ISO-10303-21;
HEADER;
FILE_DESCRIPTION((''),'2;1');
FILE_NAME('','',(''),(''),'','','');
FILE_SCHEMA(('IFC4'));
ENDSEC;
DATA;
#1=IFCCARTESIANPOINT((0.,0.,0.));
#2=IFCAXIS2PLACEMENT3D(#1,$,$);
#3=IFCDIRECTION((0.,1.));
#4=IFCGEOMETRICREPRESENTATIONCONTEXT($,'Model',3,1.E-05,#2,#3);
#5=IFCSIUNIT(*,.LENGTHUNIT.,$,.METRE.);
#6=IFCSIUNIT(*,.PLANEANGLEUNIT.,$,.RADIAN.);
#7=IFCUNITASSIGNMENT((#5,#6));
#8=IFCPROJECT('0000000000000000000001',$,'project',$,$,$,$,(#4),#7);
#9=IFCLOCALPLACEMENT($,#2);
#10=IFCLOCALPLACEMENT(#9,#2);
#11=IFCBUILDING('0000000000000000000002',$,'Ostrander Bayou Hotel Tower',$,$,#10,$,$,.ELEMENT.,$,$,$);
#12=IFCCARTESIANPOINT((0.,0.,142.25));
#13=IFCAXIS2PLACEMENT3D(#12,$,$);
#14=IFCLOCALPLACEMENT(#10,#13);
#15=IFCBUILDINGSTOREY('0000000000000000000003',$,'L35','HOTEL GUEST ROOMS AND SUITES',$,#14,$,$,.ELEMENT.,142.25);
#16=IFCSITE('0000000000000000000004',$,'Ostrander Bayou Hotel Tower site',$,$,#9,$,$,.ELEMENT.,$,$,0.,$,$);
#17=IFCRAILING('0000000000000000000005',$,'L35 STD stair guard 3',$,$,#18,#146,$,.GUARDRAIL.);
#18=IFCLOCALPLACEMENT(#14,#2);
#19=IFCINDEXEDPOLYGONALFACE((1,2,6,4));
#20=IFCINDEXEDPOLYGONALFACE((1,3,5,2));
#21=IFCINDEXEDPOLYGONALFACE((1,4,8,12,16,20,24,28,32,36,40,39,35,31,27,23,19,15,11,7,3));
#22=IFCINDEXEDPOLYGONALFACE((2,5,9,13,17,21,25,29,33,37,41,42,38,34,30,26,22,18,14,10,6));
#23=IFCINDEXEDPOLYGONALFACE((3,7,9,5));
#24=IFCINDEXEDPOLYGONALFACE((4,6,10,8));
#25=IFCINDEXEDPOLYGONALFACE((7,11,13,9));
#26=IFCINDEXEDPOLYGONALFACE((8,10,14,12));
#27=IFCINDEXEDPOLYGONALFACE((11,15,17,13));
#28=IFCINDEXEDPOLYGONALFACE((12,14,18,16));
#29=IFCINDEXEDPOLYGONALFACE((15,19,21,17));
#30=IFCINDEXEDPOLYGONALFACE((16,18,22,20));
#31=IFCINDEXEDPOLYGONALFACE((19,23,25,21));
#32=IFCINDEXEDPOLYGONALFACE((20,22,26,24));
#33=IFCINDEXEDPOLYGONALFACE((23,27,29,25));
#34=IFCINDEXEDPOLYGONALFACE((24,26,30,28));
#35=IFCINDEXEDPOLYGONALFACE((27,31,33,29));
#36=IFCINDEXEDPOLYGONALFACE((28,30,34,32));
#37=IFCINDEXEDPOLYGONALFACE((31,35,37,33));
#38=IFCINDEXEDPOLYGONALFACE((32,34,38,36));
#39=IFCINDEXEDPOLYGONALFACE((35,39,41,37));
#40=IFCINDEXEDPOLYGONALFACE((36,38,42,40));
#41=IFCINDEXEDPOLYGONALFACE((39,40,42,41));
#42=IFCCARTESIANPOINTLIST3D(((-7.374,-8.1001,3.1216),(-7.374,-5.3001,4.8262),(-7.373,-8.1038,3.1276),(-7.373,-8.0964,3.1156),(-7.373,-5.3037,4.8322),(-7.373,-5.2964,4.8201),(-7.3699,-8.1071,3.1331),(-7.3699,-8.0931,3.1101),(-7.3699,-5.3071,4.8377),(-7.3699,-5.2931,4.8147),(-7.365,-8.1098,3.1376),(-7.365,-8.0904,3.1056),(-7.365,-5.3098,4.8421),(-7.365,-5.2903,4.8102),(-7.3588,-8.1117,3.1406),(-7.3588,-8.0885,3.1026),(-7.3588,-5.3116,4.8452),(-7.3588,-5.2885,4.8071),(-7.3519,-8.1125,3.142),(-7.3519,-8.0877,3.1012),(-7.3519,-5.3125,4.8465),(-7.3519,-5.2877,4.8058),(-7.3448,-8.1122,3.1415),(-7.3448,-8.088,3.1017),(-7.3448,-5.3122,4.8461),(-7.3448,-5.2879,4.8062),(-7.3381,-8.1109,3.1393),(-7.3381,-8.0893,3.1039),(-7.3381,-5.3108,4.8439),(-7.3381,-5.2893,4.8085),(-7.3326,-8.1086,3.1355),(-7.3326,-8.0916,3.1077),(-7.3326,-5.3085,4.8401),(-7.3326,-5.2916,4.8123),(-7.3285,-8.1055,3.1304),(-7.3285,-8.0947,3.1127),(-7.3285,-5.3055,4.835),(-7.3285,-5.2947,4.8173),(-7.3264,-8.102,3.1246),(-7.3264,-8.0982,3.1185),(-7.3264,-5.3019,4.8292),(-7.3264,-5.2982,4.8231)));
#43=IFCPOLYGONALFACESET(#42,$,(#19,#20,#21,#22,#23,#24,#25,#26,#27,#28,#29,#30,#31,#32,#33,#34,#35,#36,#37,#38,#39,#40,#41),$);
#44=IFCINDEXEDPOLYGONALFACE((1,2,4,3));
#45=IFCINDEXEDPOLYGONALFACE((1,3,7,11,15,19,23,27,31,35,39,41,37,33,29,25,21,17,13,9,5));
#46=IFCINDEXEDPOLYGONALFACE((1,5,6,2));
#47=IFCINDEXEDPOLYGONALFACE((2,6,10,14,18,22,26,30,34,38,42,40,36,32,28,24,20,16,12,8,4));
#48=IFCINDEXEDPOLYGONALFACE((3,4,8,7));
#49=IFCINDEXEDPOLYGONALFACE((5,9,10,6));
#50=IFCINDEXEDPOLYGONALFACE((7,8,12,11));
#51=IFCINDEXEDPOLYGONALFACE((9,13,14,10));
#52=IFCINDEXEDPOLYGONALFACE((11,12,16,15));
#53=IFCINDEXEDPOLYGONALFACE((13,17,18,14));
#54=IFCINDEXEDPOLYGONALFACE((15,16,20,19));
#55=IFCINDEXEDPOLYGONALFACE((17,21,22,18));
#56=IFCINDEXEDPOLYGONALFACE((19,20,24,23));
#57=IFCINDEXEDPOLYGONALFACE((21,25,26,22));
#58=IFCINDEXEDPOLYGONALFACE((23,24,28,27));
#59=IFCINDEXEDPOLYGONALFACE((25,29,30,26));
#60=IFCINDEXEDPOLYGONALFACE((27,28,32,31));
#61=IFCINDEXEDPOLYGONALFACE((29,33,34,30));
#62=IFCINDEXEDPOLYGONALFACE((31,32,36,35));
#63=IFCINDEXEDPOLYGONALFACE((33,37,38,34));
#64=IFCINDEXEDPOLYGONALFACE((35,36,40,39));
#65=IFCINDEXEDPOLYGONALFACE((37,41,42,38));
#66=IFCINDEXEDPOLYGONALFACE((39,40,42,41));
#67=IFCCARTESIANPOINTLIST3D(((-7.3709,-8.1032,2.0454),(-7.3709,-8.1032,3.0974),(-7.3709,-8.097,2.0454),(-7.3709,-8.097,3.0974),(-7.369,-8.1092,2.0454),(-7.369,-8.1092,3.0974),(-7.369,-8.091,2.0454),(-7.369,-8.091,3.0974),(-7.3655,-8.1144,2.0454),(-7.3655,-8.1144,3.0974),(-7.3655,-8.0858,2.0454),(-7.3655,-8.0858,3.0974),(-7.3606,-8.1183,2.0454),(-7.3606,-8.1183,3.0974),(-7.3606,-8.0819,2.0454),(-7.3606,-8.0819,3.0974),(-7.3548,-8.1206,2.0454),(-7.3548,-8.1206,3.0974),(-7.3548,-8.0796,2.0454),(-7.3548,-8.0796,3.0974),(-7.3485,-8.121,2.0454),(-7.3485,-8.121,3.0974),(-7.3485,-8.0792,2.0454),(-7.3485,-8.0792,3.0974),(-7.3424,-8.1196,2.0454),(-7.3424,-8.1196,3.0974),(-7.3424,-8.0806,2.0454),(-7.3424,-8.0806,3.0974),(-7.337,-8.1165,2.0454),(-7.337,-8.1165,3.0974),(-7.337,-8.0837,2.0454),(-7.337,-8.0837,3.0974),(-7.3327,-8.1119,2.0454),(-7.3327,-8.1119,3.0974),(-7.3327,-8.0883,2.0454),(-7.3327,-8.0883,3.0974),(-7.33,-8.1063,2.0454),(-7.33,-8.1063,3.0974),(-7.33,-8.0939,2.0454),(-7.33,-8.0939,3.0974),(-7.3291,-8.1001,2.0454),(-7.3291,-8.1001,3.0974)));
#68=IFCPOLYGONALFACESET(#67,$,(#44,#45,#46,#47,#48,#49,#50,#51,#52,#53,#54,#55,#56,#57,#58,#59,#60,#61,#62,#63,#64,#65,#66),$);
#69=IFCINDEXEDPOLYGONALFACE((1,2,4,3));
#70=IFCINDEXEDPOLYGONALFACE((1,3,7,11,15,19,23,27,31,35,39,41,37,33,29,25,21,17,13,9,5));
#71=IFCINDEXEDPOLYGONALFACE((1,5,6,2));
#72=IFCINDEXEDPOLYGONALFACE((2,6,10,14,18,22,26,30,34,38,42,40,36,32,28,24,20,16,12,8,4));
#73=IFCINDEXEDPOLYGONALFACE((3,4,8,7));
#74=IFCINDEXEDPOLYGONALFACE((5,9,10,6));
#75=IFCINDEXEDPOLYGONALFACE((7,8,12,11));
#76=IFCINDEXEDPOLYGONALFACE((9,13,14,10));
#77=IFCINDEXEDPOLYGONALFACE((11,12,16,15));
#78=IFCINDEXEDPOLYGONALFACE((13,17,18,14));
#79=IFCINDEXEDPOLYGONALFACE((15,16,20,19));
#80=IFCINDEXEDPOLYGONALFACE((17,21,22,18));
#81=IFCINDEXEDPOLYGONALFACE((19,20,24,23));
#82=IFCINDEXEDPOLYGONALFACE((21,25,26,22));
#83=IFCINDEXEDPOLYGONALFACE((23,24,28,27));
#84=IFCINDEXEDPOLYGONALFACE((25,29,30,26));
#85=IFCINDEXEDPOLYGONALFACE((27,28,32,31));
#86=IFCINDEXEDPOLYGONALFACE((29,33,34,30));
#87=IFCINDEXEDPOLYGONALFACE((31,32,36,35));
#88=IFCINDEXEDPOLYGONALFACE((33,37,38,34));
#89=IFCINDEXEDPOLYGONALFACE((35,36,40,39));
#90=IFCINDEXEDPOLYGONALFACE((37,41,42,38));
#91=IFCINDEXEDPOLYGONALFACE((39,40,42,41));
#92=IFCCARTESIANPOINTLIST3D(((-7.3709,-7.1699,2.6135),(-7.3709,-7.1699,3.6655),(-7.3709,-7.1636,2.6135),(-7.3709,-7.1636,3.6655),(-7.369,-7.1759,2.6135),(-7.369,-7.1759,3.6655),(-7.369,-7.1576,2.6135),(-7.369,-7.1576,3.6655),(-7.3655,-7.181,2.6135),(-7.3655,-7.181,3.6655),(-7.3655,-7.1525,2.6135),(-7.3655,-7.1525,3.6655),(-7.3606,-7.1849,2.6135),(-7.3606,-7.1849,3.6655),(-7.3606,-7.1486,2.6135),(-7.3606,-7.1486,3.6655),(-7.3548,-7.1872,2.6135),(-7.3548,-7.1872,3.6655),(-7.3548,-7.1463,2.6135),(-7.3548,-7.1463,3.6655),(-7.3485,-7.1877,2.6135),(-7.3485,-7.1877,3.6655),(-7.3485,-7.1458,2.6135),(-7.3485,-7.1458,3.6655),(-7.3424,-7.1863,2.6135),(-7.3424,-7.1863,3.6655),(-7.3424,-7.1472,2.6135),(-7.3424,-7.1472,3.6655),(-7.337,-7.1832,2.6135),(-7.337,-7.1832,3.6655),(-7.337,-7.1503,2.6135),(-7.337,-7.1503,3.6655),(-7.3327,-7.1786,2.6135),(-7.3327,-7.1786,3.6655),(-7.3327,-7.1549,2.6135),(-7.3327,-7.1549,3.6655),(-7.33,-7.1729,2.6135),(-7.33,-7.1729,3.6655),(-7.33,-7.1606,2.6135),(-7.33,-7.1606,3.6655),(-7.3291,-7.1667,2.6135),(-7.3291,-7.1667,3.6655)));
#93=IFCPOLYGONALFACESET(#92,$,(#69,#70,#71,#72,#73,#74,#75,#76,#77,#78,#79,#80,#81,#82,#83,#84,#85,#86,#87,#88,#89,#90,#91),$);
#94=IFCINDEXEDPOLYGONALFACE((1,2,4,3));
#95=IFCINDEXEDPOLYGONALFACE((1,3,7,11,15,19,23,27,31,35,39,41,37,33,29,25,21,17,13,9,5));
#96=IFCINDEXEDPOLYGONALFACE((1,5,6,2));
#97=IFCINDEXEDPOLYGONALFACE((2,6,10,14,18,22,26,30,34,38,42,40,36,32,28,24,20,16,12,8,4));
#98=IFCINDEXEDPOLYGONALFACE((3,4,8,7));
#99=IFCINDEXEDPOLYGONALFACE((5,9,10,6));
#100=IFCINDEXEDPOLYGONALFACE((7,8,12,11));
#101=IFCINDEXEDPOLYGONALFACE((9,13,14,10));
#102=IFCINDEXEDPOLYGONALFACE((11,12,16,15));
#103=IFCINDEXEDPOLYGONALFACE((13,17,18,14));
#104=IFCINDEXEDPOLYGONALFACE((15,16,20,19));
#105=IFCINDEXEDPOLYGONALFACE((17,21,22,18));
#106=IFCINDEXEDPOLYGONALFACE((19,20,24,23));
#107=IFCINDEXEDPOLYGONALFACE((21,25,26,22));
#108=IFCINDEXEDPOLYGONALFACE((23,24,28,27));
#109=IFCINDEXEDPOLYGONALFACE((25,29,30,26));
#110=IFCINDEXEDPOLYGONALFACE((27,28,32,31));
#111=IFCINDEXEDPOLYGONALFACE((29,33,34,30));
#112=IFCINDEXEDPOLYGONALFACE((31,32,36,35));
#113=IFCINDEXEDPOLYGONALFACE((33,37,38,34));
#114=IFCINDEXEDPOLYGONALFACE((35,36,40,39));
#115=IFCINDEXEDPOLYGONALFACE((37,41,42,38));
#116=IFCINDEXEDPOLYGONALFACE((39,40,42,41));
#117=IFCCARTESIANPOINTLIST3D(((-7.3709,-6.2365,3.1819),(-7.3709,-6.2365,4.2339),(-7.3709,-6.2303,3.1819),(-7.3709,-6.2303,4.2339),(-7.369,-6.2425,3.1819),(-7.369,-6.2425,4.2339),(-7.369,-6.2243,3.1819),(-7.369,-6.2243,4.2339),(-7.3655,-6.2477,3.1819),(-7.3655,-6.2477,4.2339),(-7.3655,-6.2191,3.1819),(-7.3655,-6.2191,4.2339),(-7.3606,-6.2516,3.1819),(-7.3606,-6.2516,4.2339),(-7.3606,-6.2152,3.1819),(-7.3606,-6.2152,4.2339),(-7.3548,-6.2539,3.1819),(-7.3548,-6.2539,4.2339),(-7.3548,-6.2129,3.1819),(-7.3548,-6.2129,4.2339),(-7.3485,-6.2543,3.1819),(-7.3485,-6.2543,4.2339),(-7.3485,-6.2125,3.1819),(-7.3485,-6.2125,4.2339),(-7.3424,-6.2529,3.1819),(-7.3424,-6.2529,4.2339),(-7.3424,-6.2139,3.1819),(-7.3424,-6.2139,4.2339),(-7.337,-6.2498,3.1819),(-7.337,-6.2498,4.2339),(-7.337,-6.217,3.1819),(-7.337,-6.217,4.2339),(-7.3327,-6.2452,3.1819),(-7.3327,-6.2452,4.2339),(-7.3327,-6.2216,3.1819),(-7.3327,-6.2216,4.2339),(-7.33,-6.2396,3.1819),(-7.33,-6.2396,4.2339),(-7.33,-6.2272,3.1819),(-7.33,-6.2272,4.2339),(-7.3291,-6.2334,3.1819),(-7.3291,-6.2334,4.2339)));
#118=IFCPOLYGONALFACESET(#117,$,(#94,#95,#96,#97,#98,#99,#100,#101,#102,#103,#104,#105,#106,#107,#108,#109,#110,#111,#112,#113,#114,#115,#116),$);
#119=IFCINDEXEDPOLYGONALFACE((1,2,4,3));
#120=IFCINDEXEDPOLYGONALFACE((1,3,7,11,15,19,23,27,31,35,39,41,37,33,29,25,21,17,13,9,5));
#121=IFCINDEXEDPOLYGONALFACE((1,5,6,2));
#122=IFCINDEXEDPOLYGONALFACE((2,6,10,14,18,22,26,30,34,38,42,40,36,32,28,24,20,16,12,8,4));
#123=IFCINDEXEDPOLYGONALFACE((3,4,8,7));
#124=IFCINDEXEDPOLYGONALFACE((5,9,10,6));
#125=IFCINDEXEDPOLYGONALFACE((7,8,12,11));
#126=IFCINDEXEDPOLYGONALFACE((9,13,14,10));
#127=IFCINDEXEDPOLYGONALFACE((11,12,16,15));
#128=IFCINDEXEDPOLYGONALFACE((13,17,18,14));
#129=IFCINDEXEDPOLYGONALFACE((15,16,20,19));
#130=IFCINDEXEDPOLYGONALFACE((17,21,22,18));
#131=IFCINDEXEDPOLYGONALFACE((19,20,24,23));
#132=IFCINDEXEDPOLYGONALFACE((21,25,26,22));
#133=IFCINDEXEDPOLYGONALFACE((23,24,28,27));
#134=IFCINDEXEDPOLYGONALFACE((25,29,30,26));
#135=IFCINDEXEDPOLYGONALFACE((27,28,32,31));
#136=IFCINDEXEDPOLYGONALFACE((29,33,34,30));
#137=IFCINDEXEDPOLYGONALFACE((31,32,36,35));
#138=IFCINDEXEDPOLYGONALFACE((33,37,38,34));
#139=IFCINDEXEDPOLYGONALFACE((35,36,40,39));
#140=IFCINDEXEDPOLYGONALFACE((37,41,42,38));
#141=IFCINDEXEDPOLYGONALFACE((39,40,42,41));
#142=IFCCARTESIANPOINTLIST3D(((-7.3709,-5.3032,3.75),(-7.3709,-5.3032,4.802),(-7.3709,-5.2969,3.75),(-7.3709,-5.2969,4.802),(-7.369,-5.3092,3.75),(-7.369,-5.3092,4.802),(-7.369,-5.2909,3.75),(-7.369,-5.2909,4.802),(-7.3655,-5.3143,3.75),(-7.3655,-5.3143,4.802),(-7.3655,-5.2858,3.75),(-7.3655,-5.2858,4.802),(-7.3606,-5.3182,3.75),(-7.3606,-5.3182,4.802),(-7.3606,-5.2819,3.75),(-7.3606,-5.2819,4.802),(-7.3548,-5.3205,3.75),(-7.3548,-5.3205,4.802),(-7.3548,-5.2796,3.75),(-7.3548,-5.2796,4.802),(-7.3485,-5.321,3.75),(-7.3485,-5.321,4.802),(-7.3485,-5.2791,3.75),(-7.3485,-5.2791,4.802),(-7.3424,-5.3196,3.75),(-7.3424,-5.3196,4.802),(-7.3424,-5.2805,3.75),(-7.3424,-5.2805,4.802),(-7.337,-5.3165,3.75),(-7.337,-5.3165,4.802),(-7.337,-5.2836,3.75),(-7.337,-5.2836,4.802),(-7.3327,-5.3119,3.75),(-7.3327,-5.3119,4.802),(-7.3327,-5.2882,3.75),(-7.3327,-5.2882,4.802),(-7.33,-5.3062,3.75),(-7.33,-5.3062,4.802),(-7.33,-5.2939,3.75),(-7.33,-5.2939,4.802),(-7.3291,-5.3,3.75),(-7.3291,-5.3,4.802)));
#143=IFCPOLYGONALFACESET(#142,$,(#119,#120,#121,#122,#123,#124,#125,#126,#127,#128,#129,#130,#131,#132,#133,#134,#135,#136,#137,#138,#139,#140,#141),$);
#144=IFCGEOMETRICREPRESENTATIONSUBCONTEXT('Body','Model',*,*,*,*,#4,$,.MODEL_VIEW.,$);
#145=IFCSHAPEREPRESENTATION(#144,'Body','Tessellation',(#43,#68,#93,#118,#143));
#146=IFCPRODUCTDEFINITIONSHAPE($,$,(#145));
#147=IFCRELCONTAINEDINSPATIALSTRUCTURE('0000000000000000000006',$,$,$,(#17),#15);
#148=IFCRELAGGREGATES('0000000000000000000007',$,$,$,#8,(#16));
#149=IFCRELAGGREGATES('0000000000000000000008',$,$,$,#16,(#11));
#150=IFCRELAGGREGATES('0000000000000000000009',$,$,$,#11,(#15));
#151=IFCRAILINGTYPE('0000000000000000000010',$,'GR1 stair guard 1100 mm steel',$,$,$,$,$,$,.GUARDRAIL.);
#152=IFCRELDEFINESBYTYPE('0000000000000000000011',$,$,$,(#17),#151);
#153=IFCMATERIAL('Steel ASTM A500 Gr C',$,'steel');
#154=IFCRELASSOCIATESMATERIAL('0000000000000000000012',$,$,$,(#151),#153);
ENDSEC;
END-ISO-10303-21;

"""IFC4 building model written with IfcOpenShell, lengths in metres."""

from ifc_helpers import new_model, si_unit, direction, frame, origin, origin_2d, place, context, subcontext, project, spatial, circle, extrude, material, type_object, element, save


model = new_model("IFC4")

# Units and contexts
model_context = context("Model", 3, precision=1e-05, world=origin(), true_north=direction((0.0, 1.0)))
body_context = subcontext(model_context, "Body", "Model", "MODEL_VIEW")
ifc_project = project(units=[si_unit("LENGTHUNIT", "METRE"), si_unit("PLANEANGLEUNIT", "RADIAN")], contexts=[model_context])

# Site, building, storey
site_placement = place(None, origin())
site = spatial("IfcSite", under=ifc_project, at=site_placement, Name="Ostrander Bayou Hotel Tower site", CompositionType="ELEMENT", RefElevation=0.0)
building_placement = place(site_placement, origin())
building = spatial("IfcBuilding", under=site, at=building_placement, Name="Ostrander Bayou Hotel Tower", CompositionType="ELEMENT")
storey_placement = place(building_placement, frame((0.0, 0.0, 142.25)))
storey = spatial("IfcBuildingStorey", under=building, at=storey_placement, Name="L35", Description="HOTEL GUEST ROOMS AND SUITES", CompositionType="ELEMENT", Elevation=142.25)

# Railing
ifc_material_1 = material(Name="Steel ASTM A500 Gr C", Category="steel")
railing_type_1 = type_object("IfcRailingType", Name="GR1 stair guard 1100 mm steel", PredefinedType="GUARDRAIL", material=ifc_material_1)
railing_1_placement = place(storey_placement, frame((-7.3501, -8.1001, 2.0454)))
element("IfcRailing", 1, at=railing_1_placement, inside=storey, type_object=railing_type_1, Name="L35 STD stair guard 3", PredefinedType="GUARDRAIL", context=body_context, shape_type="SweptSolid", body=[
    extrude(circle(Radius=0.0239, at=origin_2d()), frame((0.0, 0.0, 1.0762), z_axis=(0.0, 0.85417, 0.519994), x_axis=(-1.0, 0.0, 0.0)), (0.0, 0.0, 1.0), 3.2781),
    extrude(circle(Radius=0.021, at=origin_2d()), origin(), (0.0, 0.0, 1.0), 1.052),
    extrude(circle(Radius=0.021, at=origin_2d()), frame((0.0, 0.9333, 0.5681)), (0.0, 0.0, 1.0), 1.052),
    extrude(circle(Radius=0.021, at=origin_2d()), frame((0.0, 1.8667, 1.1365)), (0.0, 0.0, 1.0), 1.052),
    extrude(circle(Radius=0.021, at=origin_2d()), frame((0.0, 2.8, 1.7046)), (0.0, 0.0, 1.0), 1.052),
])

save(model, "model.ifc")
